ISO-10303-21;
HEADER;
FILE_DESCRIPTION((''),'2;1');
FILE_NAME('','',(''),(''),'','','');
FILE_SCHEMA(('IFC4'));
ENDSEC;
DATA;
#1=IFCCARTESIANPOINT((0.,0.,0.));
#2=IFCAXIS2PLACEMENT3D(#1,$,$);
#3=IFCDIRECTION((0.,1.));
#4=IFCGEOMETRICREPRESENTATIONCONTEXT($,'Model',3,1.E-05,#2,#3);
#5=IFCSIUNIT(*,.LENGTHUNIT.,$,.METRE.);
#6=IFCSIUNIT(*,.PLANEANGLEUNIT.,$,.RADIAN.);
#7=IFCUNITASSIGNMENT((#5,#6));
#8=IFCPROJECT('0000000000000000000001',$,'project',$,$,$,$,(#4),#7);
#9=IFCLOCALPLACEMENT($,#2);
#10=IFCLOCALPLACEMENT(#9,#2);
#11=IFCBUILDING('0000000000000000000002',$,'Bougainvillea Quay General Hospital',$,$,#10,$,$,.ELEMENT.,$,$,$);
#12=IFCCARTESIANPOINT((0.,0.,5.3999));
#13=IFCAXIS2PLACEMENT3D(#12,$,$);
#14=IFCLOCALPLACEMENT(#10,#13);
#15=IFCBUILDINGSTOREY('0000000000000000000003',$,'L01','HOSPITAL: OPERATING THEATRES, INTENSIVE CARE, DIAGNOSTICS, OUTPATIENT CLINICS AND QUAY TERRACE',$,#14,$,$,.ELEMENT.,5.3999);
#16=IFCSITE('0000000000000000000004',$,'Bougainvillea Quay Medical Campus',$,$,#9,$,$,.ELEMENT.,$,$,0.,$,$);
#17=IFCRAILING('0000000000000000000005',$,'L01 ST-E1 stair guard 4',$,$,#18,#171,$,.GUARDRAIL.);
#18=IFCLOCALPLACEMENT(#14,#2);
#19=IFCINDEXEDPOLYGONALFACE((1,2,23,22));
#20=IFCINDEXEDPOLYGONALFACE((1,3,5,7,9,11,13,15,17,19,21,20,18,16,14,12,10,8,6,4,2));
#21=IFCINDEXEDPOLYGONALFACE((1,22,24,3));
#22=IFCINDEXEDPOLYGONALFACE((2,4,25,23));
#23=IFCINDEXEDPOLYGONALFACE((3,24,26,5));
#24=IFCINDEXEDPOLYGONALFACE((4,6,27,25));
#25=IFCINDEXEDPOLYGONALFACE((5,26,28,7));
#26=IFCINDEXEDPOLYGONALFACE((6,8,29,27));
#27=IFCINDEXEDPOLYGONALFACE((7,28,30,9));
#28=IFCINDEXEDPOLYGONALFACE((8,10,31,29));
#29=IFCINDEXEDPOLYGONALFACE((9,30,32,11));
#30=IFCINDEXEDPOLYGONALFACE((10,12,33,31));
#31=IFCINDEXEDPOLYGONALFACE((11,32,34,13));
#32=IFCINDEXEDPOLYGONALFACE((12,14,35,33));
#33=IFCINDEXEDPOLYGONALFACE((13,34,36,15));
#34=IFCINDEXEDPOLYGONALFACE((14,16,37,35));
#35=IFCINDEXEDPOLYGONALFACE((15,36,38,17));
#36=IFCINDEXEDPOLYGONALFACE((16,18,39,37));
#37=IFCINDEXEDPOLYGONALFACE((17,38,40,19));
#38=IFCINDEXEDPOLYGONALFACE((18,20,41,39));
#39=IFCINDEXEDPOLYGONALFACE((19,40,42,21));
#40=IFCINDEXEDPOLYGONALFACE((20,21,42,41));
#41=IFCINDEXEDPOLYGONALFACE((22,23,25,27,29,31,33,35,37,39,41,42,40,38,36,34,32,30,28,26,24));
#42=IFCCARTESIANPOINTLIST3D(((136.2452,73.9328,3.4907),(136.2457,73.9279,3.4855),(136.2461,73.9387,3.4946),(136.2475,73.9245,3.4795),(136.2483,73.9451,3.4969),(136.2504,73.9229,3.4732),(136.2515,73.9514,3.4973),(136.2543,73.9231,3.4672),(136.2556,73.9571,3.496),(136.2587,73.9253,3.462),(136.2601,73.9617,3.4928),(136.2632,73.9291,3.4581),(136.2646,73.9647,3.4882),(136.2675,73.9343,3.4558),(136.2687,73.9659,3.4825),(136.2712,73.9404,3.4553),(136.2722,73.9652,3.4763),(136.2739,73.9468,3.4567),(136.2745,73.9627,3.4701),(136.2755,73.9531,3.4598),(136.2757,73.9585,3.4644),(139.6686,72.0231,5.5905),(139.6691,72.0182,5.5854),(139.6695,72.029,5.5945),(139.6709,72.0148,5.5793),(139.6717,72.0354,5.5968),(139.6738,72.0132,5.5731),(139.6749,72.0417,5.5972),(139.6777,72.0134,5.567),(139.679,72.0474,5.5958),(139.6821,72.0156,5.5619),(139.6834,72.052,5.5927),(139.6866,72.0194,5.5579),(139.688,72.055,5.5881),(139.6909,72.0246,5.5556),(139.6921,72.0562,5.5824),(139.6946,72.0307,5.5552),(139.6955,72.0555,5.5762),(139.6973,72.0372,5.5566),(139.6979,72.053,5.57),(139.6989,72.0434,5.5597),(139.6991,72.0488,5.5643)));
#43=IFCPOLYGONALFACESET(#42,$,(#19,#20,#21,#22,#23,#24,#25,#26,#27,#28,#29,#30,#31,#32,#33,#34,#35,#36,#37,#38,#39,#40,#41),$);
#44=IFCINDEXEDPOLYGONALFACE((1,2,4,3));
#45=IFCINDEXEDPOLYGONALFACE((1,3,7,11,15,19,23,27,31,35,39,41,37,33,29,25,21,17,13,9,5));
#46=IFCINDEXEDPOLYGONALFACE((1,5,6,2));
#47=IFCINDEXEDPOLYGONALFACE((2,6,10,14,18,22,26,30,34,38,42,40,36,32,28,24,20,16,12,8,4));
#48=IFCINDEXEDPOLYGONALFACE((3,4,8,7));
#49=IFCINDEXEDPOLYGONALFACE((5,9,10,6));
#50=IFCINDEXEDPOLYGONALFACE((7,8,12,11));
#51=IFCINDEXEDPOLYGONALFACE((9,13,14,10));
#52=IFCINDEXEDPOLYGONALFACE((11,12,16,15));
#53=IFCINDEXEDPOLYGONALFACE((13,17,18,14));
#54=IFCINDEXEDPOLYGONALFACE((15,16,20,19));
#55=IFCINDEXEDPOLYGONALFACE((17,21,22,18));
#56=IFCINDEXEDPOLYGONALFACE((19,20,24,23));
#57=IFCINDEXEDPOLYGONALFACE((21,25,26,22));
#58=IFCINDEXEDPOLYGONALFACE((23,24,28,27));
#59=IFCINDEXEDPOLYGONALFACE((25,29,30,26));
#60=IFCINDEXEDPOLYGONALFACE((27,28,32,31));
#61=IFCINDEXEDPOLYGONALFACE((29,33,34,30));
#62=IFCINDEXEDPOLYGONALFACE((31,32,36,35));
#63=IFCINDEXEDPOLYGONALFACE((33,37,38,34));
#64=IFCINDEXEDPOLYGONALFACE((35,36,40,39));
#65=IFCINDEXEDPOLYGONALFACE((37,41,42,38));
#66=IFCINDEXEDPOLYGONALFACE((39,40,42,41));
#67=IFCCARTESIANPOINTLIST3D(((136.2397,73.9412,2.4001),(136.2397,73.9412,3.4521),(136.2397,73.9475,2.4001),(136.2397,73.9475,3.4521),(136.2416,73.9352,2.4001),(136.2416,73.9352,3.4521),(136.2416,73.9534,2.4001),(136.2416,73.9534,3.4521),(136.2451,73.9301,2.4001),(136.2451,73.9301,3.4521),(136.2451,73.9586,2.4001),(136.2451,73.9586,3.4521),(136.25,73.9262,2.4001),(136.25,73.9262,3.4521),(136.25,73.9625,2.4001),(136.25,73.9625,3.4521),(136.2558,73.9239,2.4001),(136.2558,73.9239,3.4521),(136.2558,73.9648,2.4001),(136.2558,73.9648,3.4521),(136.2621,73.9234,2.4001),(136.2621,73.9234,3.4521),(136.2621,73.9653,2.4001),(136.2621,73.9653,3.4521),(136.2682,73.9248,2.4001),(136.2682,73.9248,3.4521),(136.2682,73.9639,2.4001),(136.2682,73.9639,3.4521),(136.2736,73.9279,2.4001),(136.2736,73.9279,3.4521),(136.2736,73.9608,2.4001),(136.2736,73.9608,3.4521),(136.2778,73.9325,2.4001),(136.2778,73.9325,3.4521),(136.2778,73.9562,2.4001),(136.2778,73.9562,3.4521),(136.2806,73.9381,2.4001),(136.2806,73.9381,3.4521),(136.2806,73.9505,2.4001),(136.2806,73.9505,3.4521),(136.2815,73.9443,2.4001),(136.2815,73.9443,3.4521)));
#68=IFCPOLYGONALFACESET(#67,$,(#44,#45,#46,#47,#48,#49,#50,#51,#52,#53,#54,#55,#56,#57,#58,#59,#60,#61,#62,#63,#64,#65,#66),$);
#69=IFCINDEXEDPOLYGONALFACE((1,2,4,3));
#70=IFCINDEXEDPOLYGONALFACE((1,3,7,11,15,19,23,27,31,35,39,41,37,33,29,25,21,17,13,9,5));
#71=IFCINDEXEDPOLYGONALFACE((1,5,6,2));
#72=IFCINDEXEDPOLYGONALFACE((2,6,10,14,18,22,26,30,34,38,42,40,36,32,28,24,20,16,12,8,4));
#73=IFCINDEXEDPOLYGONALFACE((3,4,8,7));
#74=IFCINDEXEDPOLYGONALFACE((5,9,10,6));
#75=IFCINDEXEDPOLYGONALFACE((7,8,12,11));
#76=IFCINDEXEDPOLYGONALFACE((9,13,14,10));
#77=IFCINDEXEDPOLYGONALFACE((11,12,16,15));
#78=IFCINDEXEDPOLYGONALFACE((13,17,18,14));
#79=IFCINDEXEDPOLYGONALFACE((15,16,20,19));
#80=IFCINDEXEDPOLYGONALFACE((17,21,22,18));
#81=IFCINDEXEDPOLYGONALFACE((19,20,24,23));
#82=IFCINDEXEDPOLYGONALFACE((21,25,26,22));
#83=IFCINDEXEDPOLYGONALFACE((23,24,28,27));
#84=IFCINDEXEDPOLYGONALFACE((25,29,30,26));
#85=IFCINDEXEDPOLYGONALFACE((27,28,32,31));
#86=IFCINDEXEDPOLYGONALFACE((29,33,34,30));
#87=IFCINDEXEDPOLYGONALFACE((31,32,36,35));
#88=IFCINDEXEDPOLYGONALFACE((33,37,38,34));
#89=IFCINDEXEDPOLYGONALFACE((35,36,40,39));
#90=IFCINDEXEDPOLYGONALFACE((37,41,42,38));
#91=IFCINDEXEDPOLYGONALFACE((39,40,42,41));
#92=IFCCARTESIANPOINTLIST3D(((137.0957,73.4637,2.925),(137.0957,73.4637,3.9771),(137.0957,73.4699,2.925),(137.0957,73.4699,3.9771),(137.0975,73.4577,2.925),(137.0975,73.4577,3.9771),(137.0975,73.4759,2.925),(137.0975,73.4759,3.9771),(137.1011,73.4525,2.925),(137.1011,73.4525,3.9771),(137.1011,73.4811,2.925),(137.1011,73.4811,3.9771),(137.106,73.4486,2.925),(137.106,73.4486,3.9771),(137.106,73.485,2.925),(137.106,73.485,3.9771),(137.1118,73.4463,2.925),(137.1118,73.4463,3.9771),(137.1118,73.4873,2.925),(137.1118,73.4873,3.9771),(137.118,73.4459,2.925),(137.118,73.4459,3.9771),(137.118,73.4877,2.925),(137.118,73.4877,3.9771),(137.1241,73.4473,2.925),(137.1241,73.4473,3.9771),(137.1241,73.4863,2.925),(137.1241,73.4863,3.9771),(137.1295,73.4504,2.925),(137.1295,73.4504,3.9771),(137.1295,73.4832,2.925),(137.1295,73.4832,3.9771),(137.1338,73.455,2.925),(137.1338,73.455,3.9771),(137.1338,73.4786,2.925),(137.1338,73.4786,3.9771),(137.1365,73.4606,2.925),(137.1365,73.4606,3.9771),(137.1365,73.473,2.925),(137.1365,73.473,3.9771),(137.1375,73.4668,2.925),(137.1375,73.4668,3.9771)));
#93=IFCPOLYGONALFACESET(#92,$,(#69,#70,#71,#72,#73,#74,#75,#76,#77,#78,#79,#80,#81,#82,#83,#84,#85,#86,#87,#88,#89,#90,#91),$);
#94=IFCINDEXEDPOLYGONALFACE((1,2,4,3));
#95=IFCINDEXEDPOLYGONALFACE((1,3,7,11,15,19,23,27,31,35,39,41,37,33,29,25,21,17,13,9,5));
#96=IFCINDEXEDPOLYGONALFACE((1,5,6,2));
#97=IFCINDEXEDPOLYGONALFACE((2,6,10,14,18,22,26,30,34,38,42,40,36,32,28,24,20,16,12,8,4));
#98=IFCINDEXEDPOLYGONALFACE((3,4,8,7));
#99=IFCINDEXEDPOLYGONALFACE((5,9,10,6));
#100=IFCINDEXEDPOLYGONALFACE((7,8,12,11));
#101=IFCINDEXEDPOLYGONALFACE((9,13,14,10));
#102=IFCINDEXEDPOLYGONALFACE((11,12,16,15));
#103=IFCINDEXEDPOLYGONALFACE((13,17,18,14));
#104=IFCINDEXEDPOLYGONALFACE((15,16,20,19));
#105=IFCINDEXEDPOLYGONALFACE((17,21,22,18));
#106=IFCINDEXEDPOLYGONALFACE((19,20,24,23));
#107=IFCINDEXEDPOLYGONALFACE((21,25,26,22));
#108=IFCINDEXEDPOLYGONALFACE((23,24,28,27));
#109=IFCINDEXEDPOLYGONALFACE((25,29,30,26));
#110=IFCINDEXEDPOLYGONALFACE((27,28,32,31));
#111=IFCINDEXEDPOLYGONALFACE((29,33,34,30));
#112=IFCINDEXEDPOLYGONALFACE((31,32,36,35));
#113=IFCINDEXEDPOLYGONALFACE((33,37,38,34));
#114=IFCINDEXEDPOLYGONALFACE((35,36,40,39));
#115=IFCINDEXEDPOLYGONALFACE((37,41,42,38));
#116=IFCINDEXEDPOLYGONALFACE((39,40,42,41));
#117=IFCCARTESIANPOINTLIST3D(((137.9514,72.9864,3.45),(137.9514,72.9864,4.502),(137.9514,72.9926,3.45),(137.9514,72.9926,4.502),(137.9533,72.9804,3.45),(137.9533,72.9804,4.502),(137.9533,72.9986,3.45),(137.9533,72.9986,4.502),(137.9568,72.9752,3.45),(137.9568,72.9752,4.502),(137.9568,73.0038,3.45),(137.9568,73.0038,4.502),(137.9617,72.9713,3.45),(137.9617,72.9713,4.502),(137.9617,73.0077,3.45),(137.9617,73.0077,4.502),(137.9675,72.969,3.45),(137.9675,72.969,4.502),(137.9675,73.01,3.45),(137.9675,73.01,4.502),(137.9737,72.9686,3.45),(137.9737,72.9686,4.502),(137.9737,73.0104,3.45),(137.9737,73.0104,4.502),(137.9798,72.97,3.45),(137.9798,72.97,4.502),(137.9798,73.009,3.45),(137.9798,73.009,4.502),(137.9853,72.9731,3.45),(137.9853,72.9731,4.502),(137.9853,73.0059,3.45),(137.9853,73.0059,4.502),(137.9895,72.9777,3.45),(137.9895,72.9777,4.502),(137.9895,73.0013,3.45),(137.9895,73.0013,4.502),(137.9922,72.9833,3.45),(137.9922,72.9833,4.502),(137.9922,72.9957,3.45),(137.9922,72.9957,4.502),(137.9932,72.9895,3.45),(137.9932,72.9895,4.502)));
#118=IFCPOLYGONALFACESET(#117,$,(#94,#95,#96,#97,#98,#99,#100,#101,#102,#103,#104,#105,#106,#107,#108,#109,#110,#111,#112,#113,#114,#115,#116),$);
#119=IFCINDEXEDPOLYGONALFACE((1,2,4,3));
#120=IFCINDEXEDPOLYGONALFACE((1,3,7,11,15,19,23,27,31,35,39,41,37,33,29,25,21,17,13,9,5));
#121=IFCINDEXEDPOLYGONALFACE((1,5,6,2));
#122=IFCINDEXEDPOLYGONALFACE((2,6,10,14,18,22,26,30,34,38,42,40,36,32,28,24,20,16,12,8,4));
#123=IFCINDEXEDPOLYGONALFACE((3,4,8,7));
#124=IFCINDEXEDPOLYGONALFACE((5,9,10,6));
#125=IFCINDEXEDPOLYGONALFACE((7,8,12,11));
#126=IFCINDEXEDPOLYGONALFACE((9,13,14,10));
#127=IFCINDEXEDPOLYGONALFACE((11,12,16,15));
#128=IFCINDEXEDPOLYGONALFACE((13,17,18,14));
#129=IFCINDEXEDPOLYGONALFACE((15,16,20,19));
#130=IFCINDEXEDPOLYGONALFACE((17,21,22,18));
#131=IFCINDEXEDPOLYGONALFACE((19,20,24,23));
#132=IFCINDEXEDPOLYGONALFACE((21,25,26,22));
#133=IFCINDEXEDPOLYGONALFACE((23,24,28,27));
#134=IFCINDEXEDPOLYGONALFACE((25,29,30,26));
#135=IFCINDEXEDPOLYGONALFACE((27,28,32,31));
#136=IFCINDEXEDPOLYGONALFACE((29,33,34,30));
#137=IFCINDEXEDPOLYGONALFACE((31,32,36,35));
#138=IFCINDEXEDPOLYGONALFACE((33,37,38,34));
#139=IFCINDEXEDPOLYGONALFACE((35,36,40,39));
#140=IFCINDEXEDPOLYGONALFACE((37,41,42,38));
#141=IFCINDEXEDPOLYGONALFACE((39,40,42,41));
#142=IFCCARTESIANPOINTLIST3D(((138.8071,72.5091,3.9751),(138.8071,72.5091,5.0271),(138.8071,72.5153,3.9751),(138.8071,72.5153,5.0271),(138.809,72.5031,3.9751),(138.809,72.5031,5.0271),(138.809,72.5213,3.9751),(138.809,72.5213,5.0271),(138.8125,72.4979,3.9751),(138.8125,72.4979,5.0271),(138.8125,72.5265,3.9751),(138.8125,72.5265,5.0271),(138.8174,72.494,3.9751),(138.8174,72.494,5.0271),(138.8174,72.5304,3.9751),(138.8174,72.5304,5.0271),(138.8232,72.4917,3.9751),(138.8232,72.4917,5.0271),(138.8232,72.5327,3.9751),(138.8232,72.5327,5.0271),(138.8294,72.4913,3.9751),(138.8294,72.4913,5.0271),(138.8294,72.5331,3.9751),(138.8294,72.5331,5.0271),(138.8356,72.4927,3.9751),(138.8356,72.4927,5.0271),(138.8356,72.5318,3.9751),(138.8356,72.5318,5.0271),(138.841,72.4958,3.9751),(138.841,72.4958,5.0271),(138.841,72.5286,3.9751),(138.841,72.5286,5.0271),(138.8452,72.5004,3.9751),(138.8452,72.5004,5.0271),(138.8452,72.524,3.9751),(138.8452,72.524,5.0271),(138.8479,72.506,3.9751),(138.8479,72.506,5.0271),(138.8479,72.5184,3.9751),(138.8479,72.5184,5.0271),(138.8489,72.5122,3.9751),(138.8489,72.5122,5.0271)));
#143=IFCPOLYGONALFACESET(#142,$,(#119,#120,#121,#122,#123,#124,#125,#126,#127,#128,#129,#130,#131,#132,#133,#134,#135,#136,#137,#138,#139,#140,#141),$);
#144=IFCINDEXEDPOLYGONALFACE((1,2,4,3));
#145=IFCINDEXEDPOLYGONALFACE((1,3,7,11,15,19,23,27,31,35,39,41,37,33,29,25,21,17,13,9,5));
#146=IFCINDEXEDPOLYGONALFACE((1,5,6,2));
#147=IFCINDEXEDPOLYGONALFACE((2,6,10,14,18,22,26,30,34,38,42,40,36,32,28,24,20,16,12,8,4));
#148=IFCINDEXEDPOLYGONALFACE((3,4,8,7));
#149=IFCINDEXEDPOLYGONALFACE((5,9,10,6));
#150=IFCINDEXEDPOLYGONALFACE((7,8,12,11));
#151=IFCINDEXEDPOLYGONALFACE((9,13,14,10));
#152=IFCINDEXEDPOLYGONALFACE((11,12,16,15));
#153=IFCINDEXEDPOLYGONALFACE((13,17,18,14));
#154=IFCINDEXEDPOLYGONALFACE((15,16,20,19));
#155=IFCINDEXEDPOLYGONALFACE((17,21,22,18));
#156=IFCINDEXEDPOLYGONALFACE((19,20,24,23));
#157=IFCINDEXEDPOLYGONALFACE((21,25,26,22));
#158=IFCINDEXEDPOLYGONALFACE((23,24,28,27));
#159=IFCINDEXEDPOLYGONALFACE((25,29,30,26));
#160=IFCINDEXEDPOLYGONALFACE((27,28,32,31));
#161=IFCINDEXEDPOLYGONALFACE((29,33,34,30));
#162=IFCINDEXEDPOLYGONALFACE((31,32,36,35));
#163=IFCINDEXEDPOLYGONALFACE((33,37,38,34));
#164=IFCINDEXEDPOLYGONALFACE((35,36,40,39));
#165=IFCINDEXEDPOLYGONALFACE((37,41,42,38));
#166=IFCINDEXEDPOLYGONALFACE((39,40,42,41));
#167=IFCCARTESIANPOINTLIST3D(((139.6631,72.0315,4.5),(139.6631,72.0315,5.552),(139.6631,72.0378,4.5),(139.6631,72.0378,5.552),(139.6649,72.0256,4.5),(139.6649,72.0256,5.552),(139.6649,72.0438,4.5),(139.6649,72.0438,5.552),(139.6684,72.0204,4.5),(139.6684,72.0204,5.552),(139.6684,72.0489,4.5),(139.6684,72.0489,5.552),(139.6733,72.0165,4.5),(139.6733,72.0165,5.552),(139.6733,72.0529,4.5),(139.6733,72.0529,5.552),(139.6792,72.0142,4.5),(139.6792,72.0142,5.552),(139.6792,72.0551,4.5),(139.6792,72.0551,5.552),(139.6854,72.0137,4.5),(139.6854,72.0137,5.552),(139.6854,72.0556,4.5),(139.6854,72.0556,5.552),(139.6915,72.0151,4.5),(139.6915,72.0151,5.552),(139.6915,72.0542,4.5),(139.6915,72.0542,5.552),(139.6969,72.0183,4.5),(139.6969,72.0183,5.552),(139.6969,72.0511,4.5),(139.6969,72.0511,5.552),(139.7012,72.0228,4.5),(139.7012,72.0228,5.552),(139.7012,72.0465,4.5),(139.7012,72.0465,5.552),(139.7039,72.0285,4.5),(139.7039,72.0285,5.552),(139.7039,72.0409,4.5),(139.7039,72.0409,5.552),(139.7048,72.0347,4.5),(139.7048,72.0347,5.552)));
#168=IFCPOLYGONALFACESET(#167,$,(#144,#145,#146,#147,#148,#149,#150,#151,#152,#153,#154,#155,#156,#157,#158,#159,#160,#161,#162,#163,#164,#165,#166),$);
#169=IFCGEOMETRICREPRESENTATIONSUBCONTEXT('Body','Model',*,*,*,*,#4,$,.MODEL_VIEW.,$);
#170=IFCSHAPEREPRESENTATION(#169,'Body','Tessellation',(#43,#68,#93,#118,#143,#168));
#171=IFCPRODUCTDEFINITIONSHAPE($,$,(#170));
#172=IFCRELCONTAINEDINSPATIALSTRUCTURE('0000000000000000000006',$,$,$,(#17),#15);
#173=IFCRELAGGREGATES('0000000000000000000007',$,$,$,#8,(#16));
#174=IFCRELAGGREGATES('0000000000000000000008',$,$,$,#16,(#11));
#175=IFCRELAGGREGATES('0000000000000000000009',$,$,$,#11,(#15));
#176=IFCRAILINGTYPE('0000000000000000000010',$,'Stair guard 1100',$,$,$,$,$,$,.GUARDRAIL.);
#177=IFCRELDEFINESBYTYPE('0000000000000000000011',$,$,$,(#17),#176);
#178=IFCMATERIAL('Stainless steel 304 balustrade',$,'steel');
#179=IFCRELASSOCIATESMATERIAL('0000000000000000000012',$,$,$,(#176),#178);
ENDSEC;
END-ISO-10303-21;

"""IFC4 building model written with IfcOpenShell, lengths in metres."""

from ifc_helpers import new_model, si_unit, direction, frame, origin, origin_2d, place, context, subcontext, project, spatial, circle, extrude, material, type_object, element, save


model = new_model("IFC4")

# Units and contexts
model_context = context("Model", 3, precision=1e-05, world=origin(), true_north=direction((0.0, 1.0)))
body_context = subcontext(model_context, "Body", "Model", "MODEL_VIEW")
ifc_project = project(units=[si_unit("LENGTHUNIT", "METRE"), si_unit("PLANEANGLEUNIT", "RADIAN")], contexts=[model_context])

# Site, building, storey
site_placement = place(None, origin())
site = spatial("IfcSite", under=ifc_project, at=site_placement, Name="Bougainvillea Quay Medical Campus", CompositionType="ELEMENT", RefElevation=0.0)
building_placement = place(site_placement, origin())
building = spatial("IfcBuilding", under=site, at=building_placement, Name="Bougainvillea Quay General Hospital", CompositionType="ELEMENT")
storey_placement = place(building_placement, frame((0.0, 0.0, 5.3999)))
storey = spatial("IfcBuildingStorey", under=building, at=storey_placement, Name="L01", Description="HOSPITAL: OPERATING THEATRES, INTENSIVE CARE, DIAGNOSTICS, OUTPATIENT CLINICS AND QUAY TERRACE", CompositionType="ELEMENT", Elevation=5.3999)

# Railing
ifc_material_1 = material(Name="Stainless steel 304 balustrade", Category="steel")
railing_type_1 = type_object("IfcRailingType", Name="Stair guard 1100", PredefinedType="GUARDRAIL", material=ifc_material_1)
railing_1_placement = place(storey_placement, frame((136.2605, 73.9443, 2.4001)))
element("IfcRailing", 1, at=railing_1_placement, inside=storey, type_object=railing_type_1, Name="L01 ST-E1 stair guard 4", PredefinedType="GUARDRAIL", context=body_context, shape_type="SweptSolid", body=[
    extrude(circle(Radius=0.0239, at=origin_2d()), frame((0.0, 0.0, 1.0762), z_axis=(0.769815, -0.429432, 0.4722), x_axis=(0.487165, 0.87331, 0.0)), (0.0, 0.0, 1.0), 4.447),
    extrude(circle(Radius=0.021, at=origin_2d()), origin(), (0.0, 0.0, 1.0), 1.052),
    extrude(circle(Radius=0.021, at=origin_2d()), frame((0.856, -0.4775, 0.5249)), (0.0, 0.0, 1.0), 1.052),
    extrude(circle(Radius=0.021, at=origin_2d()), frame((1.7117, -0.9548, 1.0498)), (0.0, 0.0, 1.0), 1.052),
    extrude(circle(Radius=0.021, at=origin_2d()), frame((2.5674, -1.4321, 1.575)), (0.0, 0.0, 1.0), 1.052),
    extrude(circle(Radius=0.021, at=origin_2d()), frame((3.4233, -1.9097, 2.0999)), (0.0, 0.0, 1.0), 1.052),
])

save(model, "model.ifc")
